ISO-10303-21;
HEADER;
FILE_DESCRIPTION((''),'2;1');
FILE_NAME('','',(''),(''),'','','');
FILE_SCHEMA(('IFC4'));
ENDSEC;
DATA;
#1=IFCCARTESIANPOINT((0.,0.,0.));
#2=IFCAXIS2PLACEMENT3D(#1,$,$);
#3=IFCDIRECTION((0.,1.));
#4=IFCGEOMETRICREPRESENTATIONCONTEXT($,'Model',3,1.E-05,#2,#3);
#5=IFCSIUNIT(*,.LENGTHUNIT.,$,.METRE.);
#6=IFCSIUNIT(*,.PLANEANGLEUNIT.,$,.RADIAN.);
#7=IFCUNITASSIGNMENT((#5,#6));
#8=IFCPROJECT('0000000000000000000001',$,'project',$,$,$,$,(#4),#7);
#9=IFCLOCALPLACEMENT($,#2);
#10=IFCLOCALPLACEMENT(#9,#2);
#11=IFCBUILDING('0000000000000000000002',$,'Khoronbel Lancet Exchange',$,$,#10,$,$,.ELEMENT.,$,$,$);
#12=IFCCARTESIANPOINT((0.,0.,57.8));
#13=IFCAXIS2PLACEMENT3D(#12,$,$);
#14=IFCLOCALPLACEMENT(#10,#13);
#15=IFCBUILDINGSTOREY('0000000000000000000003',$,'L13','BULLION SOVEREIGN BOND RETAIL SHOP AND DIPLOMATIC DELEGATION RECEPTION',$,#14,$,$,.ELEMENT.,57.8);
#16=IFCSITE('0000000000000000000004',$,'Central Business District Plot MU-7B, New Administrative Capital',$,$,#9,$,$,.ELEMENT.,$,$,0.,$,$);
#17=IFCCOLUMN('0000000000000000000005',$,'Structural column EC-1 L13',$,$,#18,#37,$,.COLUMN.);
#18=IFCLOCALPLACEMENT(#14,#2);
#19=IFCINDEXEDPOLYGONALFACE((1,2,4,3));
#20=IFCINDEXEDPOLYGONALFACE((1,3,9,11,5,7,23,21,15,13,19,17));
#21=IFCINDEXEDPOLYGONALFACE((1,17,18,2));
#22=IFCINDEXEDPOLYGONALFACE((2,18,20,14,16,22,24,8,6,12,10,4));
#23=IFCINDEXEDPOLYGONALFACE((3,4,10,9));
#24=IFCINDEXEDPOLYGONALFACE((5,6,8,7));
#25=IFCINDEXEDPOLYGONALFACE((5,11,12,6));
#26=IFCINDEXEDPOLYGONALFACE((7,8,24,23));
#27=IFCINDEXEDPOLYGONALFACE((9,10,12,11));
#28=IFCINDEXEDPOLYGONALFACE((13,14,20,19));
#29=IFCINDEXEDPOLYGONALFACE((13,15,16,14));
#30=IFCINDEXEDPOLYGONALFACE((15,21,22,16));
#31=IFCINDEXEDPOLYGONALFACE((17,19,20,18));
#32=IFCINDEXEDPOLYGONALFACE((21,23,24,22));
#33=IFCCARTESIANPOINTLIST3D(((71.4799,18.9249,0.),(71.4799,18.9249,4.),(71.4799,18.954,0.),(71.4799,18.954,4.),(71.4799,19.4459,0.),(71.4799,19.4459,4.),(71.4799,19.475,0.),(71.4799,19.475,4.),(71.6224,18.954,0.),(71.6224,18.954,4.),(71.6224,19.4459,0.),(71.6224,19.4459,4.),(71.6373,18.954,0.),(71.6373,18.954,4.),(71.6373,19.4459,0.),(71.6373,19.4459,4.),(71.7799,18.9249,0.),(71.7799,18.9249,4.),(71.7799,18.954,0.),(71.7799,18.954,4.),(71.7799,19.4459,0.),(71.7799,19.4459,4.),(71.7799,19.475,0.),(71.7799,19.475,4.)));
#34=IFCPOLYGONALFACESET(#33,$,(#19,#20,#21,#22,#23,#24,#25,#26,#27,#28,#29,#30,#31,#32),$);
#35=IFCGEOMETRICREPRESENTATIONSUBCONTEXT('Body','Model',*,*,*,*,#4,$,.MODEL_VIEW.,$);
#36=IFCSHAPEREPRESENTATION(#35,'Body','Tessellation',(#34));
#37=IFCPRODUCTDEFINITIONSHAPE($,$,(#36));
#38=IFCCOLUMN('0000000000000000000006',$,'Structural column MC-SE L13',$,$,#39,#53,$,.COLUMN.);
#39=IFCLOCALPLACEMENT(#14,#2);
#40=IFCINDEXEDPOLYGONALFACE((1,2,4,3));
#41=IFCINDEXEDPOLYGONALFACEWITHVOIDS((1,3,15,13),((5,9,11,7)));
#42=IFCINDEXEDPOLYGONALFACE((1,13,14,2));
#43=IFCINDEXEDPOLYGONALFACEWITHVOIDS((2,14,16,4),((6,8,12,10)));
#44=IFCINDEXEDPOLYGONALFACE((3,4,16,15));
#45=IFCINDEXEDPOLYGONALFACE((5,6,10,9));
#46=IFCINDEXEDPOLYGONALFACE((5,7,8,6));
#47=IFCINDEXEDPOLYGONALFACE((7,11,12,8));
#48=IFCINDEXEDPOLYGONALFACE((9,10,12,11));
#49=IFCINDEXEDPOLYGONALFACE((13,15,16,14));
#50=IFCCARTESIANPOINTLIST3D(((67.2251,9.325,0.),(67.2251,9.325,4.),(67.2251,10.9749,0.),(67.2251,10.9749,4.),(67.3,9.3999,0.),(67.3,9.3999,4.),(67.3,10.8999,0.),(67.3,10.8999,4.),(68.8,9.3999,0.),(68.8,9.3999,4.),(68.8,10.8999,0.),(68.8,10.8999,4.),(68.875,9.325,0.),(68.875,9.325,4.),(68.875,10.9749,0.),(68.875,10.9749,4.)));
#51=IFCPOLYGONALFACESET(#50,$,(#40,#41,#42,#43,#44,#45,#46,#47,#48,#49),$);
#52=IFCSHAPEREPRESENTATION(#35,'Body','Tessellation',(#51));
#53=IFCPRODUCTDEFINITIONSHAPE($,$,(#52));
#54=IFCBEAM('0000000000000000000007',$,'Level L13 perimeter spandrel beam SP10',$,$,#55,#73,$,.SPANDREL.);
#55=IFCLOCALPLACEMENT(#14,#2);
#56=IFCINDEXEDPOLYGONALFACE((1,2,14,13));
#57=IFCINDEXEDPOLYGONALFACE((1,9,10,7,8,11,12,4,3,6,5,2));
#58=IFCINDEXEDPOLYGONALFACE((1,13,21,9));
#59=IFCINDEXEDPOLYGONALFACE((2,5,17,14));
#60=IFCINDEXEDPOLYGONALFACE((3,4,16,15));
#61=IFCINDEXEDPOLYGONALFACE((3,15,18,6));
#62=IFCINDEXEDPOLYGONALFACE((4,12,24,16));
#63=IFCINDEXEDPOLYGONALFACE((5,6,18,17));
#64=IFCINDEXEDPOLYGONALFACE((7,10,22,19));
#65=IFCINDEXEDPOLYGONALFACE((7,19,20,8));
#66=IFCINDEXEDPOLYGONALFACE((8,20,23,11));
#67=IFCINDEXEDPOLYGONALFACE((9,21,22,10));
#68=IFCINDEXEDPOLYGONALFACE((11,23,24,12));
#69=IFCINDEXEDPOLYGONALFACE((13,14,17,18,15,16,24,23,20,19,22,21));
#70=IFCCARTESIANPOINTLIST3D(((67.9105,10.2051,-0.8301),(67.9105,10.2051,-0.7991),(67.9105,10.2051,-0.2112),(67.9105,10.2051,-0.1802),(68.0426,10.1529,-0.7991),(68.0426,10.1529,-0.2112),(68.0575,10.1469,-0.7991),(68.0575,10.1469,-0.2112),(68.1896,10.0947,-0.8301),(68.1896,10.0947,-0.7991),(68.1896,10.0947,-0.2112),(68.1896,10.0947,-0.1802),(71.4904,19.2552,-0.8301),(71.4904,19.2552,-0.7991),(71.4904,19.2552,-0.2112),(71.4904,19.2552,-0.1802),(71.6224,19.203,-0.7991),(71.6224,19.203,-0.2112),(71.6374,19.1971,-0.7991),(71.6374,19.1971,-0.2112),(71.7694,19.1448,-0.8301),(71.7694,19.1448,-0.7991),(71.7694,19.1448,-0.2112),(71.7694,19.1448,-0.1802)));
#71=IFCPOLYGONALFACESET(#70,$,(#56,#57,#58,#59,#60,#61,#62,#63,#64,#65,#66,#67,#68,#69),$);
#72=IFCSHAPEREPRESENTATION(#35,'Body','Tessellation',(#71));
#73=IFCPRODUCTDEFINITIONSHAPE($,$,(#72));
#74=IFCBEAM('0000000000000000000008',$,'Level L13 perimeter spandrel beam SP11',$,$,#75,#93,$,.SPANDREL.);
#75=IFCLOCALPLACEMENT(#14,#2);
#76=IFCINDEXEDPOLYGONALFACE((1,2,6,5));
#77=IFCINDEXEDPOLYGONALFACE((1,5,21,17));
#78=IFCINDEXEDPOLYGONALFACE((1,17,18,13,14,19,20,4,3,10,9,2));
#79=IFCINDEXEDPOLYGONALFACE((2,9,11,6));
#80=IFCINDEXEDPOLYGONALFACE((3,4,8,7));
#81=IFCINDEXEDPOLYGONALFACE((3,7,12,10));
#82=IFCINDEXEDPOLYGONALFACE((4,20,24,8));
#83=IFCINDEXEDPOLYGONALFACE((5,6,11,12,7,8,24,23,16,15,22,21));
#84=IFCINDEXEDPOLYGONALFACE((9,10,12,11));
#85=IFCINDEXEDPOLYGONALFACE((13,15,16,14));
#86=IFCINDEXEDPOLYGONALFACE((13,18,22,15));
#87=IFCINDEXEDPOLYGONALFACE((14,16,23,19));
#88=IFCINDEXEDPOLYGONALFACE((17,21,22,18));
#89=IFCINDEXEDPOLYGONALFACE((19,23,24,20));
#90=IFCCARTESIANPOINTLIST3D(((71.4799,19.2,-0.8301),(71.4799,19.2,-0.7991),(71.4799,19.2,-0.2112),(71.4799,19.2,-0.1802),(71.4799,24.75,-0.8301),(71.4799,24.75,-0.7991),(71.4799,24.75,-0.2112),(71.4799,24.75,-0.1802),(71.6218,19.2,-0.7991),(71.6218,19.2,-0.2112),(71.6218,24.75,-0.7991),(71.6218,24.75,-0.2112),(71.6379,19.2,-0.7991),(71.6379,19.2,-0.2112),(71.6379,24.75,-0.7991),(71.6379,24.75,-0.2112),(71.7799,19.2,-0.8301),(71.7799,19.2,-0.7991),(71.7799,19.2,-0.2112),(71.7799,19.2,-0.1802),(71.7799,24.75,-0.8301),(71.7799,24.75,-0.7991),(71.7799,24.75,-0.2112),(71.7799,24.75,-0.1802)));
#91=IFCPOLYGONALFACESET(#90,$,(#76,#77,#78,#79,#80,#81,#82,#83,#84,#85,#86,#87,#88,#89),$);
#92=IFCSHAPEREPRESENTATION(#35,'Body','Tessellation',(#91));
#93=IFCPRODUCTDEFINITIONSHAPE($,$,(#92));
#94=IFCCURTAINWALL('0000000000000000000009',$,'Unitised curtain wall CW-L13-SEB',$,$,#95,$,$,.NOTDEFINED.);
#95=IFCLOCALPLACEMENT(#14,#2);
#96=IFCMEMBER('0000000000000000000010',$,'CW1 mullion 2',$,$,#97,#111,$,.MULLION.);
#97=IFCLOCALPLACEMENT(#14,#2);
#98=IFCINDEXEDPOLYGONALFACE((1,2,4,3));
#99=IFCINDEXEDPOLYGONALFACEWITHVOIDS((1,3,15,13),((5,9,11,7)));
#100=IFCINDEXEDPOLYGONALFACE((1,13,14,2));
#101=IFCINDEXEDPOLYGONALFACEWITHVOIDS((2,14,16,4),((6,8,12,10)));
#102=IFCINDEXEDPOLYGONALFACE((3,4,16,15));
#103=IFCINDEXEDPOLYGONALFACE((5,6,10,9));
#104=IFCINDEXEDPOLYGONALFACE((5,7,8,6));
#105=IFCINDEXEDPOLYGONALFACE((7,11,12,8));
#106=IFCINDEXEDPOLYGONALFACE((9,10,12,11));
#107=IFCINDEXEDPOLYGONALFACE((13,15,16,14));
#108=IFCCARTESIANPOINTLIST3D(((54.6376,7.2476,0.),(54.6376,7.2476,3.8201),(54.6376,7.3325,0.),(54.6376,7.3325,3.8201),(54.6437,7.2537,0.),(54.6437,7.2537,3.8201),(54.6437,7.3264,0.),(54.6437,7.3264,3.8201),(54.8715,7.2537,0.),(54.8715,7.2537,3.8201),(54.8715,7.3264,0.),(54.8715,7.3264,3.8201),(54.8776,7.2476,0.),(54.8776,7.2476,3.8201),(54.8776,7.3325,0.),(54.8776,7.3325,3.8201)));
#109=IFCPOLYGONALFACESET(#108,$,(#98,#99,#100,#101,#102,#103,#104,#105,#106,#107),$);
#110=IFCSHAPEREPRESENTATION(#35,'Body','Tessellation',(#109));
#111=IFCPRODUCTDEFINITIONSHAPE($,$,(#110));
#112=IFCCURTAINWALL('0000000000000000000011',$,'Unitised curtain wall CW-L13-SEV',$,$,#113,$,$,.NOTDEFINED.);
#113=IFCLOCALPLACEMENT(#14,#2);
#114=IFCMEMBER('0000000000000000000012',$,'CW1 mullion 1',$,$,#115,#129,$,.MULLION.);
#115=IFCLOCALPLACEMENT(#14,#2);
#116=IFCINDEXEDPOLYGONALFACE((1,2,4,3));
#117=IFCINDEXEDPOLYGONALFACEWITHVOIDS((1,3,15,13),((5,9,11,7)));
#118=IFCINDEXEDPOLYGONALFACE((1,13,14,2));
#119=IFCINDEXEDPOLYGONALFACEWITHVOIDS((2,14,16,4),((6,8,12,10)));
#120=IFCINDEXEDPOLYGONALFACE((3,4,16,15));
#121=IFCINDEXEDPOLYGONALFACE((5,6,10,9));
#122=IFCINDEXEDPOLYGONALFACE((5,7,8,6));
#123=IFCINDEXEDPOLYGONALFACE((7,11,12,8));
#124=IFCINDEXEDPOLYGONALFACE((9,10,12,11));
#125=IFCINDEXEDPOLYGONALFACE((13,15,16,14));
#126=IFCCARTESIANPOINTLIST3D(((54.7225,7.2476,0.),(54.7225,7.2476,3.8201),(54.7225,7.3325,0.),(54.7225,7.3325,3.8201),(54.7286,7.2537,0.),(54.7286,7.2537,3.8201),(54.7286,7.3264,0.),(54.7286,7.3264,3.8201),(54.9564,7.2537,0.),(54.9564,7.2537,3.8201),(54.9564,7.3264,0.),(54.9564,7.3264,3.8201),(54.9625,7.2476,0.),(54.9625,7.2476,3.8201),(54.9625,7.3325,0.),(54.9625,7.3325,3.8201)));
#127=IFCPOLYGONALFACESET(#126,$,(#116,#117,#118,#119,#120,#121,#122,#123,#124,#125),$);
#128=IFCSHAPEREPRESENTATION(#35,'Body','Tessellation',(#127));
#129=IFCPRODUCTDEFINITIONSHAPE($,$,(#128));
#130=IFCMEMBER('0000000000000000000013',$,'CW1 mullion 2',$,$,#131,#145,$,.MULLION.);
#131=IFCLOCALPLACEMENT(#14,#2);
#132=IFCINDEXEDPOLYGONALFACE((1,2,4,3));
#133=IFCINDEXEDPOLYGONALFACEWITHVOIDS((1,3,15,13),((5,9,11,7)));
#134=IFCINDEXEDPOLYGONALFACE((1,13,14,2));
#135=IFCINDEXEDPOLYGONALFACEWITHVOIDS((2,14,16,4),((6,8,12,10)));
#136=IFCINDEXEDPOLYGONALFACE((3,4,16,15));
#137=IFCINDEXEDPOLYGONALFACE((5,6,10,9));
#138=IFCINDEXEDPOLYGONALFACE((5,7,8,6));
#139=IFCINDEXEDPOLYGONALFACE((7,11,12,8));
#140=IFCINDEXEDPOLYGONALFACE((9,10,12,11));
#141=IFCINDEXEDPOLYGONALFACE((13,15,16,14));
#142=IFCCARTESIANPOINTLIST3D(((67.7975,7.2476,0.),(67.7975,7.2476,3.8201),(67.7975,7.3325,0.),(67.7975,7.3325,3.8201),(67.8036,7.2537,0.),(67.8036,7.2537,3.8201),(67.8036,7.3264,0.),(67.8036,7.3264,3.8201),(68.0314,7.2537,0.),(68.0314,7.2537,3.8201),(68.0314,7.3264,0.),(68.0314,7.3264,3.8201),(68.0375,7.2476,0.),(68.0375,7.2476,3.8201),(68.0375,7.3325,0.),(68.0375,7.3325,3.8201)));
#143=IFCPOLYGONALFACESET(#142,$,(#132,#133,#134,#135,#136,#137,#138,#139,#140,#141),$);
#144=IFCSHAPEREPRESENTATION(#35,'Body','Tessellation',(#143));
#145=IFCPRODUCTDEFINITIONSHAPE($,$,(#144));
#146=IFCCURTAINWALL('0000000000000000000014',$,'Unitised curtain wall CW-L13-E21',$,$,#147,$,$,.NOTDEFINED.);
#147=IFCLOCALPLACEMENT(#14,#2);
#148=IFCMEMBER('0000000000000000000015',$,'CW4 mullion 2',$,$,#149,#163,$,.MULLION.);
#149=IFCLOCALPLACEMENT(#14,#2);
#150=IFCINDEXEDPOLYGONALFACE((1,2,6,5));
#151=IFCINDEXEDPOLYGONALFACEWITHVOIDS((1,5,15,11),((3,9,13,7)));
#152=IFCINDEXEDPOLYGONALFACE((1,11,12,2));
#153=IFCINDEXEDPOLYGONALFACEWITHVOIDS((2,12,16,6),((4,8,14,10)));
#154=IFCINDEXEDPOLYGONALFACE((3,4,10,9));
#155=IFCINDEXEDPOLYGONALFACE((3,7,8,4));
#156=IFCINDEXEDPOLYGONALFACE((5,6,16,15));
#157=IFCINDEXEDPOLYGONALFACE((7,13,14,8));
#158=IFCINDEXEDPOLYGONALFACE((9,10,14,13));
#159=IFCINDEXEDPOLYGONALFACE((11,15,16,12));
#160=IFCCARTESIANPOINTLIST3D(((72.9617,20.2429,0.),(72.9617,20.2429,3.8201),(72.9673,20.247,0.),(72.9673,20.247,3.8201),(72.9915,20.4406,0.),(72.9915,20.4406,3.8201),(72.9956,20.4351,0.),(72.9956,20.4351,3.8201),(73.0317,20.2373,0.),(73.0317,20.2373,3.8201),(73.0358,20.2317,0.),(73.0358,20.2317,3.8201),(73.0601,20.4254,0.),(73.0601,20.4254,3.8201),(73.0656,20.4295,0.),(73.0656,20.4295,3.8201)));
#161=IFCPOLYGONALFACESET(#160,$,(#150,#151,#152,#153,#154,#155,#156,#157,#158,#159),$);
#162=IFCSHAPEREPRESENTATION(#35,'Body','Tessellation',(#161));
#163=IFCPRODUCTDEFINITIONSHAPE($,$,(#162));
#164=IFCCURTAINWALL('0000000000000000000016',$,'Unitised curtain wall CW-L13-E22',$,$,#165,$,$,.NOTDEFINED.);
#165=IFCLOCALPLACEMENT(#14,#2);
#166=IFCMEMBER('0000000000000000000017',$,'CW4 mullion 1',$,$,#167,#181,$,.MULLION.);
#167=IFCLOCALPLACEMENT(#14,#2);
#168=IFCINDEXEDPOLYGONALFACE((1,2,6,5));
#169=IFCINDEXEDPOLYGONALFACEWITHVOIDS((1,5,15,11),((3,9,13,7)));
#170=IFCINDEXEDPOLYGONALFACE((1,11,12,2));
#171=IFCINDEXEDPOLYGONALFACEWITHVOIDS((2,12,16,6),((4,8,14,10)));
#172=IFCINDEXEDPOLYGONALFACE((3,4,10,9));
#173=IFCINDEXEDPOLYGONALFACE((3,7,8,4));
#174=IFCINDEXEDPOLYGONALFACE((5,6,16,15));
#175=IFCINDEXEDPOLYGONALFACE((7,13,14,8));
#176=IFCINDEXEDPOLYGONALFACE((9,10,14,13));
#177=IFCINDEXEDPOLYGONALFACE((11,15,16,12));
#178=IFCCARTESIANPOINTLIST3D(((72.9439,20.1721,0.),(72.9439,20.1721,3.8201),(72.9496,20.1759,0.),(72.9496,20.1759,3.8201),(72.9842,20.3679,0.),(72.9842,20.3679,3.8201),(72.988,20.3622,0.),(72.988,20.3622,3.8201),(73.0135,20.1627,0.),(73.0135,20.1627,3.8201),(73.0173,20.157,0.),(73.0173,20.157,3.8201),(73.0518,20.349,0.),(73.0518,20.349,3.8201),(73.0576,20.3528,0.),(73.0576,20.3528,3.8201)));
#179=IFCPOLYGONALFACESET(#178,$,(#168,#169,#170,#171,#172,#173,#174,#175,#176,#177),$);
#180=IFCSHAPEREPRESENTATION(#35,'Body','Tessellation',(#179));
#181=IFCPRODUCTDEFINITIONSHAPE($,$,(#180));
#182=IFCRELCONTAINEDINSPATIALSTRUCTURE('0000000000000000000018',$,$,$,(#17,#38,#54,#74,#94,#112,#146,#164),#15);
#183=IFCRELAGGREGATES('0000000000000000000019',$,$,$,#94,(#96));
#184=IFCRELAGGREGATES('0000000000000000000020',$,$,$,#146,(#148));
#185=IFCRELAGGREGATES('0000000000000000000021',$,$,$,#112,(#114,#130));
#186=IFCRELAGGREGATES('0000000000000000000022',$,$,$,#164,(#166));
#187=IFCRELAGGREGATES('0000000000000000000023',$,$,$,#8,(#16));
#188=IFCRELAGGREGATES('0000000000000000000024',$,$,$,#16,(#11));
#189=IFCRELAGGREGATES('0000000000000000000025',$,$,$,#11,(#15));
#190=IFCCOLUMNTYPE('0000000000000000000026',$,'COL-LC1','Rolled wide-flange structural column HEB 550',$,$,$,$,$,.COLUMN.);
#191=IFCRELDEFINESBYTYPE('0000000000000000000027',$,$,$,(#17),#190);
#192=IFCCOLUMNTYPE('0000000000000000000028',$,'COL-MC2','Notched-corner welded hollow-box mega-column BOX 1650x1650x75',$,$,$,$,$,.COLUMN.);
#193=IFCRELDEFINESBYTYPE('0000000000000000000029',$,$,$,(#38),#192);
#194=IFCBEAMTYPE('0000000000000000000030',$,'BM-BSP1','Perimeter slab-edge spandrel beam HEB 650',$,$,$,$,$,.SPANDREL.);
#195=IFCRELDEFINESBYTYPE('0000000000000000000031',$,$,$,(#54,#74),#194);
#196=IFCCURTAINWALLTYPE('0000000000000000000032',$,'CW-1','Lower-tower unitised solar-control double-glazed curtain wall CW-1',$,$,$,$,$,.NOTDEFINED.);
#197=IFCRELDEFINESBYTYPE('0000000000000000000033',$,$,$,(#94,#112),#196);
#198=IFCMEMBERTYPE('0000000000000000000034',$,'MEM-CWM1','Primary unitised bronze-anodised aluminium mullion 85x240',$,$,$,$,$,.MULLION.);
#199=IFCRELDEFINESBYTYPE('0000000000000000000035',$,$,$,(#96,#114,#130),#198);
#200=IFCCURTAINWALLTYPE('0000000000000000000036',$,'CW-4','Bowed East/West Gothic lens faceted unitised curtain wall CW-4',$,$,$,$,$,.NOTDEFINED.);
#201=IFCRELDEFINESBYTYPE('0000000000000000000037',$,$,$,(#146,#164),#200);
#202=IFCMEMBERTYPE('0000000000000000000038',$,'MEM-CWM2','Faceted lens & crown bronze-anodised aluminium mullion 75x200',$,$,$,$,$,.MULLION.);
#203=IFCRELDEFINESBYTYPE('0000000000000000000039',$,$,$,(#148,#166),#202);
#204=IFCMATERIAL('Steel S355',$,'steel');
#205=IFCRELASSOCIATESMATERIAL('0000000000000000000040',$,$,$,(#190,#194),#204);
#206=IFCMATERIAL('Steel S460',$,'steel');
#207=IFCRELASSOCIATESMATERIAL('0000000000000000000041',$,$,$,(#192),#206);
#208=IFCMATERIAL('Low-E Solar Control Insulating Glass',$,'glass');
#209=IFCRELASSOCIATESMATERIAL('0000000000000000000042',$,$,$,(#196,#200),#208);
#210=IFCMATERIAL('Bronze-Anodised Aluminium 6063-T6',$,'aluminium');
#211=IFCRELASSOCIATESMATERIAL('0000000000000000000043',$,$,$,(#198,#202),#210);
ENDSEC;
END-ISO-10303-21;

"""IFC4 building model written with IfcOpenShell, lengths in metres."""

from ifc_helpers import new_model, si_unit, direction, frame, origin, origin_2d, place, context, subcontext, project, spatial, hollow_rectangle, i_section, extrude, material, material_profile, profile_set, type_object, element, aggregate, save


model = new_model("IFC4")

# Units and contexts
model_context = context("Model", 3, precision=1e-05, world=origin(), true_north=direction((0.0, 1.0)))
body_context = subcontext(model_context, "Body", "Model", "MODEL_VIEW")
ifc_project = project(units=[si_unit("LENGTHUNIT", "METRE"), si_unit("PLANEANGLEUNIT", "RADIAN")], contexts=[model_context])

# Site, building, storey
site_placement = place(None, origin())
site = spatial("IfcSite", under=ifc_project, at=site_placement, Name="Central Business District Plot MU-7B, New Administrative Capital", CompositionType="ELEMENT", RefElevation=0.0)
building_placement = place(site_placement, origin())
building = spatial("IfcBuilding", under=site, at=building_placement, Name="Khoronbel Lancet Exchange", CompositionType="ELEMENT")
storey_placement = place(building_placement, frame((0.0, 0.0, 57.8)))
storey = spatial("IfcBuildingStorey", under=building, at=storey_placement, Name="L13", Description="BULLION SOVEREIGN BOND RETAIL SHOP AND DIPLOMATIC DELEGATION RECEPTION", CompositionType="ELEMENT", Elevation=57.8)

# Columns
ifc_material_1 = material(Name="Steel S355", Category="steel")
ifc_material_profile_1 = material_profile(ifc_material_1, i_section(OverallWidth=0.3, OverallDepth=0.55, WebThickness=0.0149, FlangeThickness=0.0291, at=origin_2d()), Name="HEB 550")
ifc_profile_set_1 = profile_set([ifc_material_profile_1], Name="Steel S355")
column_type_1 = type_object("IfcColumnType", Name="COL-LC1", Description="Rolled wide-flange structural column HEB 550", PredefinedType="COLUMN", material=ifc_profile_set_1)
column_1_placement = place(storey_placement, frame((71.6299, 19.2, 0.0), z_axis=(0.0, 0.0, 1.0), x_axis=(1.0, 0.0, 0.0)))
element("IfcColumn", 1, at=column_1_placement, inside=storey, type_object=column_type_1, Name="Structural column EC-1 L13", PredefinedType="COLUMN", context=body_context, shape_type="SweptSolid", body=[
    extrude(i_section(OverallWidth=0.3, OverallDepth=0.55, WebThickness=0.0149, FlangeThickness=0.0291, at=origin_2d()), origin(), (0.0, 0.0, 1.0), 4.0),
])
ifc_material_2 = material(Name="Steel S460", Category="steel")
ifc_material_profile_2 = material_profile(ifc_material_2, hollow_rectangle(XDim=1.6499, YDim=1.6499, WallThickness=0.075, at=origin_2d()), Name="BOX 1650x1650x75")
ifc_profile_set_2 = profile_set([ifc_material_profile_2], Name="Steel S460")
column_type_2 = type_object("IfcColumnType", Name="COL-MC2", Description="Notched-corner welded hollow-box mega-column BOX 1650x1650x75", PredefinedType="COLUMN", material=ifc_profile_set_2)
column_2_placement = place(storey_placement, frame((68.05, 10.1499, 0.0), z_axis=(0.0, 0.0, 1.0), x_axis=(1.0, 0.0, 0.0)))
element("IfcColumn", 2, at=column_2_placement, inside=storey, type_object=column_type_2, Name="Structural column MC-SE L13", PredefinedType="COLUMN", context=body_context, shape_type="SweptSolid", body=[
    extrude(hollow_rectangle(XDim=1.6499, YDim=1.6499, WallThickness=0.075, at=origin_2d()), origin(), (0.0, 0.0, 1.0), 4.0),
])

# Beams
ifc_material_profile_3 = material_profile(ifc_material_1, i_section(OverallWidth=0.3, OverallDepth=0.6499, WebThickness=0.0161, FlangeThickness=0.031, at=origin_2d()), Name="HEB 650")
ifc_profile_set_3 = profile_set([ifc_material_profile_3], Name="Steel S355")
beam_type = type_object("IfcBeamType", Name="BM-BSP1", Description="Perimeter slab-edge spandrel beam HEB 650", PredefinedType="SPANDREL", material=ifc_profile_set_3)
beam_1_placement = place(storey_placement, frame((68.05, 10.1499, -0.5051), z_axis=(0.367828, 0.929894, 0.0), x_axis=(-0.929894, 0.367828, 0.0)))
element("IfcBeam", 3, at=beam_1_placement, inside=storey, type_object=beam_type, Name="Level L13 perimeter spandrel beam SP10", PredefinedType="SPANDREL", context=body_context, shape_type="SweptSolid", body=[
    extrude(i_section(OverallWidth=0.3, OverallDepth=0.6499, WebThickness=0.0161, FlangeThickness=0.031, at=origin_2d()), origin(), (0.0, 0.0, 1.0), 9.7324),
])
beam_2_placement = place(storey_placement, frame((71.6299, 19.2, -0.5051), z_axis=(0.0, 1.0, 0.0), x_axis=(-1.0, 0.0, 0.0)))
element("IfcBeam", 4, at=beam_2_placement, inside=storey, type_object=beam_type, Name="Level L13 perimeter spandrel beam SP11", PredefinedType="SPANDREL", context=body_context, shape_type="SweptSolid", body=[
    extrude(i_section(OverallWidth=0.3, OverallDepth=0.6499, WebThickness=0.0161, FlangeThickness=0.031, at=origin_2d()), origin(), (0.0, 0.0, 1.0), 5.55),
])

# Curtain wall, member
ifc_material_3 = material(Name="Low-E Solar Control Insulating Glass", Category="glass")
curtain_wall_type_1 = type_object("IfcCurtainWallType", Name="CW-1", Description="Lower-tower unitised solar-control double-glazed curtain wall CW-1", PredefinedType="NOTDEFINED", material=ifc_material_3)
curtain_wall_1_placement = place(storey_placement, origin())
curtain_wall_1 = element("IfcCurtainWall", 5, at=curtain_wall_1_placement, inside=storey, type_object=curtain_wall_type_1, Name="Unitised curtain wall CW-L13-SEB", PredefinedType="NOTDEFINED")
ifc_material_4 = material(Name="Bronze-Anodised Aluminium 6063-T6", Category="aluminium")
ifc_material_profile_4 = material_profile(ifc_material_4, hollow_rectangle(XDim=0.085, YDim=0.24, WallThickness=0.0061, at=origin_2d()), Name="ALU MULLION 85x240")
ifc_profile_set_4 = profile_set([ifc_material_profile_4], Name="Bronze-Anodised Aluminium 6063-T6")
member_type_1 = type_object("IfcMemberType", Name="MEM-CWM1", Description="Primary unitised bronze-anodised aluminium mullion 85x240", PredefinedType="MULLION", material=ifc_profile_set_4)
member_1_placement = place(storey_placement, frame((54.7576, 7.29, 0.0), z_axis=(0.0, 0.0, 1.0), x_axis=(0.0, 1.0, 0.0)))
member_1 = element("IfcMember", 6, at=member_1_placement, type_object=member_type_1, Name="CW1 mullion 2", PredefinedType="MULLION", context=body_context, shape_type="SweptSolid", body=[
    extrude(hollow_rectangle(XDim=0.085, YDim=0.24, WallThickness=0.0061, at=origin_2d()), origin(), (0.0, 0.0, 1.0), 3.8201),
])
aggregate(curtain_wall_1, [member_1])

# Curtain wall, members
curtain_wall_2_placement = place(storey_placement, origin())
curtain_wall_2 = element("IfcCurtainWall", 7, at=curtain_wall_2_placement, inside=storey, type_object=curtain_wall_type_1, Name="Unitised curtain wall CW-L13-SEV", PredefinedType="NOTDEFINED")
member_2_placement = place(storey_placement, frame((54.8425, 7.29, 0.0), z_axis=(0.0, 0.0, 1.0), x_axis=(0.0, 1.0, 0.0)))
member_2 = element("IfcMember", 8, at=member_2_placement, type_object=member_type_1, Name="CW1 mullion 1", PredefinedType="MULLION", context=body_context, shape_type="SweptSolid", body=[
    extrude(hollow_rectangle(XDim=0.085, YDim=0.24, WallThickness=0.0061, at=origin_2d()), origin(), (0.0, 0.0, 1.0), 3.8201),
])
member_3_placement = place(storey_placement, frame((67.9175, 7.29, 0.0), z_axis=(0.0, 0.0, 1.0), x_axis=(0.0, 1.0, 0.0)))
member_3 = element("IfcMember", 9, at=member_3_placement, type_object=member_type_1, Name="CW1 mullion 2", PredefinedType="MULLION", context=body_context, shape_type="SweptSolid", body=[
    extrude(hollow_rectangle(XDim=0.085, YDim=0.24, WallThickness=0.0061, at=origin_2d()), origin(), (0.0, 0.0, 1.0), 3.8201),
])

# Curtain wall, member
curtain_wall_type_2 = type_object("IfcCurtainWallType", Name="CW-4", Description="Bowed East/West Gothic lens faceted unitised curtain wall CW-4", PredefinedType="NOTDEFINED", material=ifc_material_3)
curtain_wall_3_placement = place(storey_placement, origin())
curtain_wall_3 = element("IfcCurtainWall", 10, at=curtain_wall_3_placement, inside=storey, type_object=curtain_wall_type_2, Name="Unitised curtain wall CW-L13-E21", PredefinedType="NOTDEFINED")
ifc_material_profile_5 = material_profile(ifc_material_4, hollow_rectangle(XDim=0.075, YDim=0.2, WallThickness=0.0049, at=origin_2d()), Name="ALU MULLION 75x200")
ifc_profile_set_5 = profile_set([ifc_material_profile_5], Name="Bronze-Anodised Aluminium 6063-T6")
member_type_2 = type_object("IfcMemberType", Name="MEM-CWM2", Description="Faceted lens & crown bronze-anodised aluminium mullion 75x200", PredefinedType="MULLION", material=ifc_profile_set_5)
member_4_placement = place(storey_placement, frame((73.0137, 20.3362, 0.0), z_axis=(0.0, 0.0, 1.0), x_axis=(0.988825, -0.14908, 0.0)))
member_4 = element("IfcMember", 11, at=member_4_placement, type_object=member_type_2, Name="CW4 mullion 2", PredefinedType="MULLION", context=body_context, shape_type="SweptSolid", body=[
    extrude(hollow_rectangle(XDim=0.075, YDim=0.2, WallThickness=0.0049, at=origin_2d()), origin(), (0.0, 0.0, 1.0), 3.8201),
])
aggregate(curtain_wall_3, [member_4])

# Curtain wall, member
curtain_wall_4_placement = place(storey_placement, origin())
curtain_wall_4 = element("IfcCurtainWall", 12, at=curtain_wall_4_placement, inside=storey, type_object=curtain_wall_type_2, Name="Unitised curtain wall CW-L13-E22", PredefinedType="NOTDEFINED")
member_5_placement = place(storey_placement, frame((73.0007, 20.2625, 0.0), z_axis=(0.0, 0.0, 1.0), x_axis=(0.979446, -0.201705, 0.0)))
member_5 = element("IfcMember", 13, at=member_5_placement, type_object=member_type_2, Name="CW4 mullion 1", PredefinedType="MULLION", context=body_context, shape_type="SweptSolid", body=[
    extrude(hollow_rectangle(XDim=0.075, YDim=0.2, WallThickness=0.0049, at=origin_2d()), origin(), (0.0, 0.0, 1.0), 3.8201),
])

aggregate(curtain_wall_2, [member_2, member_3])
aggregate(curtain_wall_4, [member_5])

save(model, "model.ifc")
